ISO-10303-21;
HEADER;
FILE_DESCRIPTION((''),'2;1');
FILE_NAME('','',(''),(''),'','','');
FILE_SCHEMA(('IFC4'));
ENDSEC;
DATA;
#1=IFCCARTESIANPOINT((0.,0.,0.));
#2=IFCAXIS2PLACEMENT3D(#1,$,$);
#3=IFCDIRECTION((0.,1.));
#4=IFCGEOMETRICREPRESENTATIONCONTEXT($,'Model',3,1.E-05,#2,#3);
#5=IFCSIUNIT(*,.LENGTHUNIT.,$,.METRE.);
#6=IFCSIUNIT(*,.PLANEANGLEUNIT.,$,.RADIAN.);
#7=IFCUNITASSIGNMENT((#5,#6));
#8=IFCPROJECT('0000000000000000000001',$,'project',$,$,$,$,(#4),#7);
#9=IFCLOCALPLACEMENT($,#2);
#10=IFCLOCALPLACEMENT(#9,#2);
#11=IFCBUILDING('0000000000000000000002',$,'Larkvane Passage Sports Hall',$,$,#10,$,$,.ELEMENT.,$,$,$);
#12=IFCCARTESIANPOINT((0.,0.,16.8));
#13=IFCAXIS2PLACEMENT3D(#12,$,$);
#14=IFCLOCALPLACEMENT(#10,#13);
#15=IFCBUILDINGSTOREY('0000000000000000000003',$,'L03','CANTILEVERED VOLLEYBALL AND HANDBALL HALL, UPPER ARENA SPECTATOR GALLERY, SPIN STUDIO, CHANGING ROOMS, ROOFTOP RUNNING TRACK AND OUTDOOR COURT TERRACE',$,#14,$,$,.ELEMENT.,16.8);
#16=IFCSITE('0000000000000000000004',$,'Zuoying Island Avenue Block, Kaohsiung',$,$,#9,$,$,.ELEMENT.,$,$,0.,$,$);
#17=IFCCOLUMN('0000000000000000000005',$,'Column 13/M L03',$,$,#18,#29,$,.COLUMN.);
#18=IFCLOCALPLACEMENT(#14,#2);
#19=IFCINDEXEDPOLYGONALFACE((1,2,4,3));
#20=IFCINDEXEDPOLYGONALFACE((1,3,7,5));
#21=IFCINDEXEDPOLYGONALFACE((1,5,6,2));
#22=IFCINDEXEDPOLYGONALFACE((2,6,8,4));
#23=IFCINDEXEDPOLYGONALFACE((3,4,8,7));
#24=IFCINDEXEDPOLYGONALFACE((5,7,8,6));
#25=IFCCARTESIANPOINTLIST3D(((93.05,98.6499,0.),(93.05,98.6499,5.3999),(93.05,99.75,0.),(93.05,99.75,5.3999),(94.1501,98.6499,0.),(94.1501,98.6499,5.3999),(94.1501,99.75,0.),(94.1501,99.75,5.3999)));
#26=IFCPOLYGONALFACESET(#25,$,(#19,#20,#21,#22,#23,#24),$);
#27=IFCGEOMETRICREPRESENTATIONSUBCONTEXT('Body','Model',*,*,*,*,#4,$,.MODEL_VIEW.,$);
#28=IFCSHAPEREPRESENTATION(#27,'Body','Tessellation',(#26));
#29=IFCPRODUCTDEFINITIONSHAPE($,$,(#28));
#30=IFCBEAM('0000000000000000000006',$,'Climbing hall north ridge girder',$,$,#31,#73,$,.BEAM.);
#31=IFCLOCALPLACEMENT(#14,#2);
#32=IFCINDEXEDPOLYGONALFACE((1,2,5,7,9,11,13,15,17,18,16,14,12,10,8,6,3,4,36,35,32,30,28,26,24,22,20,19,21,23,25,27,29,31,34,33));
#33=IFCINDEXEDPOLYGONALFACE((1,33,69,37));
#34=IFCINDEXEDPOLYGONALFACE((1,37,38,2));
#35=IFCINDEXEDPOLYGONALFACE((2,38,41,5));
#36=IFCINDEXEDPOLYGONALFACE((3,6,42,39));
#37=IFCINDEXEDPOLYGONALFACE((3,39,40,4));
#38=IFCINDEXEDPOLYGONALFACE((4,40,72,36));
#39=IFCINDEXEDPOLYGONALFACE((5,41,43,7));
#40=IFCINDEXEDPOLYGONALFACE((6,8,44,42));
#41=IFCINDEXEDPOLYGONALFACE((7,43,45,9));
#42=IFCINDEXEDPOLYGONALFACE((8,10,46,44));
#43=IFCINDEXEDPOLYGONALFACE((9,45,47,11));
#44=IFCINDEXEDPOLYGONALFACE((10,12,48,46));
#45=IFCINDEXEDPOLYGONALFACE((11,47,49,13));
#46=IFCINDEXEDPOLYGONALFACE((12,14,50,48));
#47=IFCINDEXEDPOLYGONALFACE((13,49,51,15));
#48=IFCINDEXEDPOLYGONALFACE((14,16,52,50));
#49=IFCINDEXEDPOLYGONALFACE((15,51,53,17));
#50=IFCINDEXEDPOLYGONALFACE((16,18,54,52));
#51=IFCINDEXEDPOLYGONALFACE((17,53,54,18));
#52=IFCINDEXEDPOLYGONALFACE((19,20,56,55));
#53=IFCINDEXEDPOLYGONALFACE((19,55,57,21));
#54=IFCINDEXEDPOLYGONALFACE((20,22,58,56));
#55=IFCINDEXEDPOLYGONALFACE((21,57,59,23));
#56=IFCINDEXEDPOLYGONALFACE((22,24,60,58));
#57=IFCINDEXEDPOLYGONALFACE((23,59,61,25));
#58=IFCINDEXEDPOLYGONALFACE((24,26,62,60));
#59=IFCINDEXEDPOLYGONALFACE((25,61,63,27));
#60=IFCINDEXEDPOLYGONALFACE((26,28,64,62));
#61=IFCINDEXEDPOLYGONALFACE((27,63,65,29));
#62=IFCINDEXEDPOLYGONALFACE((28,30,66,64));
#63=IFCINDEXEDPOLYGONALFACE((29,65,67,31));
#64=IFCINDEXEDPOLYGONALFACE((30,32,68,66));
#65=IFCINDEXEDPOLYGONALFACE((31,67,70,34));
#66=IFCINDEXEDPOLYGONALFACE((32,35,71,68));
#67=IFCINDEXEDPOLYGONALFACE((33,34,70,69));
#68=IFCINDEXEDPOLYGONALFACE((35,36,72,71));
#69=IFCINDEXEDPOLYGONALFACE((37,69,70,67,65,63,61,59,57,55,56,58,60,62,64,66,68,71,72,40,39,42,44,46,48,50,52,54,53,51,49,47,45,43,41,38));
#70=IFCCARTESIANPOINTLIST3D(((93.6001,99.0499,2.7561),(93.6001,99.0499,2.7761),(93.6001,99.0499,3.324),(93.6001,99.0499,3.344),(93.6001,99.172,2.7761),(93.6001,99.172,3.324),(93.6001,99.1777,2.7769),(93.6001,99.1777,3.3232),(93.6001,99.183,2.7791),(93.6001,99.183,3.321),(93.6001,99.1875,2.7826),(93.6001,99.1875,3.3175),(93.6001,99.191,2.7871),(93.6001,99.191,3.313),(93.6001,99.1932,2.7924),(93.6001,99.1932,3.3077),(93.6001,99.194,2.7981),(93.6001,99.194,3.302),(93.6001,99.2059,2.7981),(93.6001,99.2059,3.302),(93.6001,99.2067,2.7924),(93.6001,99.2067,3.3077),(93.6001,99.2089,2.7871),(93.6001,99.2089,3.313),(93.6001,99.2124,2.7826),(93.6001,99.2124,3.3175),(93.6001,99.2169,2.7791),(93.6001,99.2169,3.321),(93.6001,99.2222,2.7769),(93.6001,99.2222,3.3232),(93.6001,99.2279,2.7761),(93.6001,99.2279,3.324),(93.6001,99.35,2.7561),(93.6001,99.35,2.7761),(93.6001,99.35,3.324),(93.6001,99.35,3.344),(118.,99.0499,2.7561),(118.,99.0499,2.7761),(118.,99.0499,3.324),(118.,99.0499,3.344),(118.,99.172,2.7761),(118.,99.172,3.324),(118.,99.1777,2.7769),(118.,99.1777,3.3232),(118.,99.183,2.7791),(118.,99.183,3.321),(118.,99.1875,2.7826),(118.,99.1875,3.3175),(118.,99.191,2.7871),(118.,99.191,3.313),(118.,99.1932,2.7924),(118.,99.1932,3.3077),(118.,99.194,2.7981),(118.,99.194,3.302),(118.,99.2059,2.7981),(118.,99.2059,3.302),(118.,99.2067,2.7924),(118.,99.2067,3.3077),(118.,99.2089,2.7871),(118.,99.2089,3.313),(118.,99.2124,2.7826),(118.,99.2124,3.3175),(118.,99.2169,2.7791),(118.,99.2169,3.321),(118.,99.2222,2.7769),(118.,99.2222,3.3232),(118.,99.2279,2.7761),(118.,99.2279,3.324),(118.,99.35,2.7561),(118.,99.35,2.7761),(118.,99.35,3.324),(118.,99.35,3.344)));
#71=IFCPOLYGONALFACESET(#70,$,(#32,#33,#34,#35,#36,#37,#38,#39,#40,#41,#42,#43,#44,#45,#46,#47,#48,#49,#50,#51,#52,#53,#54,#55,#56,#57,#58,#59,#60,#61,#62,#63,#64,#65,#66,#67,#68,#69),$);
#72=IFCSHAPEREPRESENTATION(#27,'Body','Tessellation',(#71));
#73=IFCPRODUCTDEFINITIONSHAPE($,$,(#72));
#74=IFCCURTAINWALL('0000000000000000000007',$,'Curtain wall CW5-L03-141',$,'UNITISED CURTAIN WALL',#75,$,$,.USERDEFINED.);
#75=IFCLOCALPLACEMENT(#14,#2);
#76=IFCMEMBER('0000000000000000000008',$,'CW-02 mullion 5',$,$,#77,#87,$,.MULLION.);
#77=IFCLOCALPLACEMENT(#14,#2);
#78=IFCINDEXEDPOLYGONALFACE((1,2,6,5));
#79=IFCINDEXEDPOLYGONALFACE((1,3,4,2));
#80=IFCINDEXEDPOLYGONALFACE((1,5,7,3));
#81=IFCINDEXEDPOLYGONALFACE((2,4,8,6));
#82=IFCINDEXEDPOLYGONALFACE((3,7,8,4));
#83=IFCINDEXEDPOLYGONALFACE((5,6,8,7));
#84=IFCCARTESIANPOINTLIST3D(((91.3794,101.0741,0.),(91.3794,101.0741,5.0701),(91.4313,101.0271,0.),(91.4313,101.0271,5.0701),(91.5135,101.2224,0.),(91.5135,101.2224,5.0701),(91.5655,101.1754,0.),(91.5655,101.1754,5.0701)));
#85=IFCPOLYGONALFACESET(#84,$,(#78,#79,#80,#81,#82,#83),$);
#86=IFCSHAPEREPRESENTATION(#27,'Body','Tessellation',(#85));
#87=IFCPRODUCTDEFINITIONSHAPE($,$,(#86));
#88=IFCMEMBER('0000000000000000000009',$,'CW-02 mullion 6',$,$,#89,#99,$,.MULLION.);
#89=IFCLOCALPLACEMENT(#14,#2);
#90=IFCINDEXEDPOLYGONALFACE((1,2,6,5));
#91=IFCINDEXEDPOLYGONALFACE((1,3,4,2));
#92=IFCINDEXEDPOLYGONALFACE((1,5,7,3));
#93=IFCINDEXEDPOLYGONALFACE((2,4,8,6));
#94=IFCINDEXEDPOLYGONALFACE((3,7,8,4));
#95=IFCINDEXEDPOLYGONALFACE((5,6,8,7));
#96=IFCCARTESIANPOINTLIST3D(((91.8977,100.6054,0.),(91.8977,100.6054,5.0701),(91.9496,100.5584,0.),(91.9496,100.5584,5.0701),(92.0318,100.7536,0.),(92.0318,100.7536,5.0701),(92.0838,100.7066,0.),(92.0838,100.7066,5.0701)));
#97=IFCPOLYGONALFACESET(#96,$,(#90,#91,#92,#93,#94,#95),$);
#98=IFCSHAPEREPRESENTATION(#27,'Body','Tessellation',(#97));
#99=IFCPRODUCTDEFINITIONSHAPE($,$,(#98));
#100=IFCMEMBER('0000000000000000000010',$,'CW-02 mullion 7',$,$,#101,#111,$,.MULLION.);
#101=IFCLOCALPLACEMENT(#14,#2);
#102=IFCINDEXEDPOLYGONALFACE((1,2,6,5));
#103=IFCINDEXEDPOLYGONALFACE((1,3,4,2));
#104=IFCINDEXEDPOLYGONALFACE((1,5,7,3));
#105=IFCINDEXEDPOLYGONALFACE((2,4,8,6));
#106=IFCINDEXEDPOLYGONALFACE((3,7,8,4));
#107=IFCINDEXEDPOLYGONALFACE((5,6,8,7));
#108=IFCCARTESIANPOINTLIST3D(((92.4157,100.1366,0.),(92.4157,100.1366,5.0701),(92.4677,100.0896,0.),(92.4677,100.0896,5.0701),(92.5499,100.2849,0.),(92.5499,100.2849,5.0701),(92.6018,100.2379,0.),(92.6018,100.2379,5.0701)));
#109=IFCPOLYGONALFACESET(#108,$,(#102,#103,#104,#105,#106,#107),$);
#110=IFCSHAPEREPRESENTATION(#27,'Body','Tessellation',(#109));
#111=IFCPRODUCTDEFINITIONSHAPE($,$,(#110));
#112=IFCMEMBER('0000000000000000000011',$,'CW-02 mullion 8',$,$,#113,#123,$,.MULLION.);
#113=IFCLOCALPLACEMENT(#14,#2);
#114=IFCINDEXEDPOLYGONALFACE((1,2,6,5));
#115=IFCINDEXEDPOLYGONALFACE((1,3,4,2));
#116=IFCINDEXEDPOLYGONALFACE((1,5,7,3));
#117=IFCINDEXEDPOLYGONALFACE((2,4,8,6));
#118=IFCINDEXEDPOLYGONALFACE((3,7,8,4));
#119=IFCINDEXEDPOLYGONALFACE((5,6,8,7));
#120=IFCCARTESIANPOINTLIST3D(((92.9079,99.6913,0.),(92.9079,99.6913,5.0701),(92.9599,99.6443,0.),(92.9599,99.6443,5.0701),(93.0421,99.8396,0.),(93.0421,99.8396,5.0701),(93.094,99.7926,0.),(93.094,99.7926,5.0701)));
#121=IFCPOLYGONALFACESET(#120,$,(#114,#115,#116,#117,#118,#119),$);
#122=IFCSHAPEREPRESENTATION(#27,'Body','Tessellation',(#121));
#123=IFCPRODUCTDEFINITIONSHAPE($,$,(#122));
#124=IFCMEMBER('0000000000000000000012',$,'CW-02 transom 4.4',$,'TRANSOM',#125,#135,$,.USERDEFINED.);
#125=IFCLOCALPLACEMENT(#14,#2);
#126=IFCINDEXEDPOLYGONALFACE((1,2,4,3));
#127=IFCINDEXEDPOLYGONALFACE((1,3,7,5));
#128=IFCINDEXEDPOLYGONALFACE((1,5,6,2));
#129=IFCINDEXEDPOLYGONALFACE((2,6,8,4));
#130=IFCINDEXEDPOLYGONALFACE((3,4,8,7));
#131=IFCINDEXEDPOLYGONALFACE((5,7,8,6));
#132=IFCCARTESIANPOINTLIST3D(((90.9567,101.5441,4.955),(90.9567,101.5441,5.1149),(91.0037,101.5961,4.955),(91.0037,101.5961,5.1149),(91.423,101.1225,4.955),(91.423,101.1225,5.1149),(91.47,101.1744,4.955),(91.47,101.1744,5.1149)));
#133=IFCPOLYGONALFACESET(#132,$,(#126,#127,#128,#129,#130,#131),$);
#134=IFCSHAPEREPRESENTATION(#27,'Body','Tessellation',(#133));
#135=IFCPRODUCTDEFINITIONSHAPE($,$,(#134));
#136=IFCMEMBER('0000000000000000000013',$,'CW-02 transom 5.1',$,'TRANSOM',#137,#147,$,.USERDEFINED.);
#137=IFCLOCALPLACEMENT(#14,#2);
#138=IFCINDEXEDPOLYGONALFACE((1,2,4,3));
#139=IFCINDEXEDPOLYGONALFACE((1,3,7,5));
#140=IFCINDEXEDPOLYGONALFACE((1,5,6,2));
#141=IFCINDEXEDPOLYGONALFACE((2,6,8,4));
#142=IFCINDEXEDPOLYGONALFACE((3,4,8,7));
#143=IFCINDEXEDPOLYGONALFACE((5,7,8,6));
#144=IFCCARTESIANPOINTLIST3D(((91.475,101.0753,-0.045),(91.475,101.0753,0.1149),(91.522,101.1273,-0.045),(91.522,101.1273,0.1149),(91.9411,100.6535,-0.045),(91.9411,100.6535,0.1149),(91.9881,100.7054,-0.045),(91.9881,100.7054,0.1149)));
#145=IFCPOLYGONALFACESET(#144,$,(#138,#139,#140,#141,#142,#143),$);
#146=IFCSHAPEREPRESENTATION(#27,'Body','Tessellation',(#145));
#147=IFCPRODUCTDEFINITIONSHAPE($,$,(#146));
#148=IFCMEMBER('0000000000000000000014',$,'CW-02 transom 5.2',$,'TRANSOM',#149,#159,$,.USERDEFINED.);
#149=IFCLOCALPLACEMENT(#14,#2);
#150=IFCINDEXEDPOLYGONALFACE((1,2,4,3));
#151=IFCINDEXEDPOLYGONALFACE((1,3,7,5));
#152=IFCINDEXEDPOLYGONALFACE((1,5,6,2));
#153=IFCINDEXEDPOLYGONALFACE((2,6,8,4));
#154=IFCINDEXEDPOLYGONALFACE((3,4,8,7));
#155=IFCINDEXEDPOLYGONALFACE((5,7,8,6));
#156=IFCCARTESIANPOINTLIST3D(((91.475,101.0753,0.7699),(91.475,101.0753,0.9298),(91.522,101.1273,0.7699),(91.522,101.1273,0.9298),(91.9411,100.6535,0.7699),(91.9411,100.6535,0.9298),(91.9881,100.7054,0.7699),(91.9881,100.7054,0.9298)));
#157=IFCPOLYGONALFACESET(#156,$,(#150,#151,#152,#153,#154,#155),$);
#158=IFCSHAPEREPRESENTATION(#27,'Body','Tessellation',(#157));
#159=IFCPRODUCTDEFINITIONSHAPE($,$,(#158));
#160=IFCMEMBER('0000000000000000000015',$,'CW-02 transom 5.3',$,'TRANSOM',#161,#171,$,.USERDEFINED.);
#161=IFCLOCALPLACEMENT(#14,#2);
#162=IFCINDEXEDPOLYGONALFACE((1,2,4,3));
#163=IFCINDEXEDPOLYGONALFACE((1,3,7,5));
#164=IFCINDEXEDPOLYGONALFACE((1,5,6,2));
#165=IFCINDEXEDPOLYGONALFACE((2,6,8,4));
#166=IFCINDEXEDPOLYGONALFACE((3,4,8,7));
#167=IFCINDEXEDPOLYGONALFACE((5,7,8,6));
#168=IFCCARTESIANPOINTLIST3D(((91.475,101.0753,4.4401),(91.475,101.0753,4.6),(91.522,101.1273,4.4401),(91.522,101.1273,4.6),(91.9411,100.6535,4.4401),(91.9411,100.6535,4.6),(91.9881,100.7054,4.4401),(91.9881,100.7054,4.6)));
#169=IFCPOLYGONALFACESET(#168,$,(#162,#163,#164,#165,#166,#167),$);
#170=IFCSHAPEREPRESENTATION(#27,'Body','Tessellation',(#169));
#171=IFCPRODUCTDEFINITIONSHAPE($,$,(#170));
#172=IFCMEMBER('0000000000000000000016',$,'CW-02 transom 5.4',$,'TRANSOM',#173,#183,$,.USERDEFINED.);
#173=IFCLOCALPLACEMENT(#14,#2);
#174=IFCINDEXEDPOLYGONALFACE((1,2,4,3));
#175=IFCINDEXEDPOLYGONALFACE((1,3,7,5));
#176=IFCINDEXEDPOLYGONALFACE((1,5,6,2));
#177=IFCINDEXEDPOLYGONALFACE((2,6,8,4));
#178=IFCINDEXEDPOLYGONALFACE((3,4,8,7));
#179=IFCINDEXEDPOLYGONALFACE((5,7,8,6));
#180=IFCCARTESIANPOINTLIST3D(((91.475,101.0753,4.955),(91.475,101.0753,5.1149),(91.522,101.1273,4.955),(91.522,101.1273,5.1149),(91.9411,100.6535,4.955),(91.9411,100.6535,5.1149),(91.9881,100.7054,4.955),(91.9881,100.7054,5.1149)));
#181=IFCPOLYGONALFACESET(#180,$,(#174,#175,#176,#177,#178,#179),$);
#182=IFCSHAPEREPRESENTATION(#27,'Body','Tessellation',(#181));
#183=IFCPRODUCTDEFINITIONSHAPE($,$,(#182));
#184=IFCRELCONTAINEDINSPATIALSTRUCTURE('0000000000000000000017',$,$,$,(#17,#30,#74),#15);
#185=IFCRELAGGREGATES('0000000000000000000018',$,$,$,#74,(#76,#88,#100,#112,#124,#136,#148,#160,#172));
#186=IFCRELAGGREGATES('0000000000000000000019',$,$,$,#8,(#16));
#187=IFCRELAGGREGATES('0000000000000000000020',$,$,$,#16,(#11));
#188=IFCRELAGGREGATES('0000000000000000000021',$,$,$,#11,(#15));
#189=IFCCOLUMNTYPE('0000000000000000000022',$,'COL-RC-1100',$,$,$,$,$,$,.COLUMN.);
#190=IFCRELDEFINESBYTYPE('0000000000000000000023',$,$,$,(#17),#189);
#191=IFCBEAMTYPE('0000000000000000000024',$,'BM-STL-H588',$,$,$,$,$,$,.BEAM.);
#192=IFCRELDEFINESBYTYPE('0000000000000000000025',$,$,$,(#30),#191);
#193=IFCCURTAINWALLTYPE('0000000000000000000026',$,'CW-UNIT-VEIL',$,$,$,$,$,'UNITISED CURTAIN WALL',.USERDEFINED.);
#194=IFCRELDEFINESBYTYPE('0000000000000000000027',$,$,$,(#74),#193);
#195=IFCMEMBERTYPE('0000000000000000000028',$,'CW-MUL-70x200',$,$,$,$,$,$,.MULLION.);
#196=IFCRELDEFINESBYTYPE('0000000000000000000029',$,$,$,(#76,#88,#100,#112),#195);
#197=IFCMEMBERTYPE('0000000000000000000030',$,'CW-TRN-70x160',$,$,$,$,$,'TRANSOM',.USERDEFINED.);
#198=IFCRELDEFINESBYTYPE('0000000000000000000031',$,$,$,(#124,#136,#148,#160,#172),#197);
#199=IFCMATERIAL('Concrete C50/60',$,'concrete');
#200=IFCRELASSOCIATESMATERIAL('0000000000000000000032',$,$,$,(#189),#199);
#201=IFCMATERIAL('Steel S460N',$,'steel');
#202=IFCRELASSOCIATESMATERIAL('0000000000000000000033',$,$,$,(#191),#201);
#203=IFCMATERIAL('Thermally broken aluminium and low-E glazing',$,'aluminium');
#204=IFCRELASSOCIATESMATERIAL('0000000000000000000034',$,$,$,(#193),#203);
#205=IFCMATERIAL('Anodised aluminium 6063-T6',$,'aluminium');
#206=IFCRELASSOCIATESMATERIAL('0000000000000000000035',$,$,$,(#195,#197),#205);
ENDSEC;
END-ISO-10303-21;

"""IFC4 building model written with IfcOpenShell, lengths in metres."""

from ifc_helpers import new_model, si_unit, direction, frame, origin, origin_2d, place, context, subcontext, project, spatial, rectangle, i_section, extrude, material, material_profile, profile_set, type_object, element, aggregate, save


model = new_model("IFC4")

# Units and contexts
model_context = context("Model", 3, precision=1e-05, world=origin(), true_north=direction((0.0, 1.0)))
body_context = subcontext(model_context, "Body", "Model", "MODEL_VIEW")
ifc_project = project(units=[si_unit("LENGTHUNIT", "METRE"), si_unit("PLANEANGLEUNIT", "RADIAN")], contexts=[model_context])

# Site, building, storey
site_placement = place(None, origin())
site = spatial("IfcSite", under=ifc_project, at=site_placement, Name="Zuoying Island Avenue Block, Kaohsiung", CompositionType="ELEMENT", RefElevation=0.0)
building_placement = place(site_placement, origin())
building = spatial("IfcBuilding", under=site, at=building_placement, Name="Larkvane Passage Sports Hall", CompositionType="ELEMENT")
storey_placement = place(building_placement, frame((0.0, 0.0, 16.8)))
storey = spatial("IfcBuildingStorey", under=building, at=storey_placement, Name="L03", Description="CANTILEVERED VOLLEYBALL AND HANDBALL HALL, UPPER ARENA SPECTATOR GALLERY, SPIN STUDIO, CHANGING ROOMS, ROOFTOP RUNNING TRACK AND OUTDOOR COURT TERRACE", CompositionType="ELEMENT", Elevation=16.8)

# Column
ifc_material_1 = material(Name="Concrete C50/60", Category="concrete")
ifc_material_profile_1 = material_profile(ifc_material_1, rectangle(XDim=1.1001, YDim=1.1001, at=origin_2d()), Name="RC-COL-1100x1100")
ifc_profile_set_1 = profile_set([ifc_material_profile_1], Name="Concrete C50/60")
column_type = type_object("IfcColumnType", Name="COL-RC-1100", PredefinedType="COLUMN", material=ifc_profile_set_1)
column_placement = place(storey_placement, frame((93.6001, 99.2, 0.0), z_axis=(0.0, 0.0, 1.0), x_axis=(1.0, 0.0, 0.0)))
element("IfcColumn", 1, at=column_placement, inside=storey, type_object=column_type, Name="Column 13/M L03", PredefinedType="COLUMN", context=body_context, shape_type="SweptSolid", body=[
    extrude(rectangle(XDim=1.1001, YDim=1.1001, at=origin_2d()), origin(), (0.0, 0.0, 1.0), 5.3999),
])

# Beam
ifc_material_2 = material(Name="Steel S460N", Category="steel")
ifc_material_profile_2 = material_profile(ifc_material_2, i_section(OverallWidth=0.3, OverallDepth=0.5879, WebThickness=0.012, FlangeThickness=0.02, FilletRadius=0.022, at=origin_2d()), Name="H-588x300x12x20")
ifc_profile_set_2 = profile_set([ifc_material_profile_2], Name="Steel S460N")
beam_type = type_object("IfcBeamType", Name="BM-STL-H588", PredefinedType="BEAM", material=ifc_profile_set_2)
beam_placement = place(storey_placement, frame((93.6001, 99.2, 3.05), z_axis=(1.0, 0.0, 0.0), x_axis=(0.0, 1.0, 0.0)))
element("IfcBeam", 2, at=beam_placement, inside=storey, type_object=beam_type, Name="Climbing hall north ridge girder", PredefinedType="BEAM", context=body_context, shape_type="SweptSolid", body=[
    extrude(i_section(OverallWidth=0.3, OverallDepth=0.5879, WebThickness=0.012, FlangeThickness=0.02, FilletRadius=0.022, at=origin_2d()), origin(), (0.0, 0.0, 1.0), 24.3999),
])

# Curtain wall, members
ifc_material_3 = material(Name="Thermally broken aluminium and low-E glazing", Category="aluminium")
curtain_wall_type = type_object("IfcCurtainWallType", Name="CW-UNIT-VEIL", ElementType="UNITISED CURTAIN WALL", PredefinedType="USERDEFINED", material=ifc_material_3)
curtain_wall_placement = place(storey_placement, origin())
curtain_wall = element("IfcCurtainWall", 3, at=curtain_wall_placement, inside=storey, type_object=curtain_wall_type, Name="Curtain wall CW5-L03-141", ObjectType="UNITISED CURTAIN WALL", PredefinedType="USERDEFINED")
ifc_material_4 = material(Name="Anodised aluminium 6063-T6", Category="aluminium")
ifc_material_profile_3 = material_profile(ifc_material_4, rectangle(XDim=0.0701, YDim=0.2, at=origin_2d()), Name="ALU-MUL-70x200")
ifc_profile_set_3 = profile_set([ifc_material_profile_3], Name="Anodised aluminium 6063-T6")
member_type_1 = type_object("IfcMemberType", Name="CW-MUL-70x200", PredefinedType="MULLION", material=ifc_profile_set_3)
member_1_placement = place(storey_placement, frame((91.4724, 101.1248, 0.0), z_axis=(0.0, 0.0, 1.0), x_axis=(0.741534, -0.670915, 0.0)))
member_1 = element("IfcMember", 4, at=member_1_placement, type_object=member_type_1, Name="CW-02 mullion 5", PredefinedType="MULLION", context=body_context, shape_type="SweptSolid", body=[
    extrude(rectangle(XDim=0.0701, YDim=0.2, at=origin_2d()), origin(), (0.0, 0.0, 1.0), 5.0701),
])
member_2_placement = place(storey_placement, frame((91.9907, 100.656, 0.0), z_axis=(0.0, 0.0, 1.0), x_axis=(0.741534, -0.670915, 0.0)))
member_2 = element("IfcMember", 5, at=member_2_placement, type_object=member_type_1, Name="CW-02 mullion 6", PredefinedType="MULLION", context=body_context, shape_type="SweptSolid", body=[
    extrude(rectangle(XDim=0.0701, YDim=0.2, at=origin_2d()), origin(), (0.0, 0.0, 1.0), 5.0701),
])
member_3_placement = place(storey_placement, frame((92.5088, 100.1873, 0.0), z_axis=(0.0, 0.0, 1.0), x_axis=(0.741534, -0.670915, 0.0)))
member_3 = element("IfcMember", 6, at=member_3_placement, type_object=member_type_1, Name="CW-02 mullion 7", PredefinedType="MULLION", context=body_context, shape_type="SweptSolid", body=[
    extrude(rectangle(XDim=0.0701, YDim=0.2, at=origin_2d()), origin(), (0.0, 0.0, 1.0), 5.0701),
])
member_4_placement = place(storey_placement, frame((93.001, 99.7419, 0.0), z_axis=(0.0, 0.0, 1.0), x_axis=(0.741534, -0.670915, 0.0)))
member_4 = element("IfcMember", 7, at=member_4_placement, type_object=member_type_1, Name="CW-02 mullion 8", PredefinedType="MULLION", context=body_context, shape_type="SweptSolid", body=[
    extrude(rectangle(XDim=0.0701, YDim=0.2, at=origin_2d()), origin(), (0.0, 0.0, 1.0), 5.0701),
])
ifc_material_profile_4 = material_profile(ifc_material_4, rectangle(XDim=0.0701, YDim=0.1599, at=origin_2d()), Name="ALU-TRN-70x160")
ifc_profile_set_4 = profile_set([ifc_material_profile_4], Name="Anodised aluminium 6063-T6")
member_type_2 = type_object("IfcMemberType", Name="CW-TRN-70x160", ElementType="TRANSOM", PredefinedType="USERDEFINED", material=ifc_profile_set_4)
member_5_placement = place(storey_placement, frame((90.9802, 101.5701, 5.0349), z_axis=(0.741747, -0.670679, 0.0), x_axis=(0.670679, 0.741747, 0.0)))
member_5 = element("IfcMember", 8, at=member_5_placement, type_object=member_type_2, Name="CW-02 transom 4.4", ObjectType="TRANSOM", PredefinedType="USERDEFINED", context=body_context, shape_type="SweptSolid", body=[
    extrude(rectangle(XDim=0.0701, YDim=0.1599, at=origin_2d()), origin(), (0.0, 0.0, 1.0), 0.6287),
])
member_6_placement = place(storey_placement, frame((91.4985, 101.1013, 0.0349), z_axis=(0.741379, -0.671086, 0.0), x_axis=(0.671086, 0.741379, 0.0)))
member_6 = element("IfcMember", 9, at=member_6_placement, type_object=member_type_2, Name="CW-02 transom 5.1", ObjectType="TRANSOM", PredefinedType="USERDEFINED", context=body_context, shape_type="SweptSolid", body=[
    extrude(rectangle(XDim=0.0701, YDim=0.1599, at=origin_2d()), origin(), (0.0, 0.0, 1.0), 0.6287),
])
member_7_placement = place(storey_placement, frame((91.4985, 101.1013, 0.8499), z_axis=(0.741379, -0.671086, 0.0), x_axis=(0.671086, 0.741379, 0.0)))
member_7 = element("IfcMember", 10, at=member_7_placement, type_object=member_type_2, Name="CW-02 transom 5.2", ObjectType="TRANSOM", PredefinedType="USERDEFINED", context=body_context, shape_type="SweptSolid", body=[
    extrude(rectangle(XDim=0.0701, YDim=0.1599, at=origin_2d()), origin(), (0.0, 0.0, 1.0), 0.6287),
])
member_8_placement = place(storey_placement, frame((91.4985, 101.1013, 4.52), z_axis=(0.741379, -0.671086, 0.0), x_axis=(0.671086, 0.741379, 0.0)))
member_8 = element("IfcMember", 11, at=member_8_placement, type_object=member_type_2, Name="CW-02 transom 5.3", ObjectType="TRANSOM", PredefinedType="USERDEFINED", context=body_context, shape_type="SweptSolid", body=[
    extrude(rectangle(XDim=0.0701, YDim=0.1599, at=origin_2d()), origin(), (0.0, 0.0, 1.0), 0.6287),
])
member_9_placement = place(storey_placement, frame((91.4985, 101.1013, 5.0349), z_axis=(0.741379, -0.671086, 0.0), x_axis=(0.671086, 0.741379, 0.0)))
member_9 = element("IfcMember", 12, at=member_9_placement, type_object=member_type_2, Name="CW-02 transom 5.4", ObjectType="TRANSOM", PredefinedType="USERDEFINED", context=body_context, shape_type="SweptSolid", body=[
    extrude(rectangle(XDim=0.0701, YDim=0.1599, at=origin_2d()), origin(), (0.0, 0.0, 1.0), 0.6287),
])
aggregate(curtain_wall, [member_1, member_2, member_3, member_4, member_5, member_6, member_7, member_8, member_9])

save(model, "model.ifc")
